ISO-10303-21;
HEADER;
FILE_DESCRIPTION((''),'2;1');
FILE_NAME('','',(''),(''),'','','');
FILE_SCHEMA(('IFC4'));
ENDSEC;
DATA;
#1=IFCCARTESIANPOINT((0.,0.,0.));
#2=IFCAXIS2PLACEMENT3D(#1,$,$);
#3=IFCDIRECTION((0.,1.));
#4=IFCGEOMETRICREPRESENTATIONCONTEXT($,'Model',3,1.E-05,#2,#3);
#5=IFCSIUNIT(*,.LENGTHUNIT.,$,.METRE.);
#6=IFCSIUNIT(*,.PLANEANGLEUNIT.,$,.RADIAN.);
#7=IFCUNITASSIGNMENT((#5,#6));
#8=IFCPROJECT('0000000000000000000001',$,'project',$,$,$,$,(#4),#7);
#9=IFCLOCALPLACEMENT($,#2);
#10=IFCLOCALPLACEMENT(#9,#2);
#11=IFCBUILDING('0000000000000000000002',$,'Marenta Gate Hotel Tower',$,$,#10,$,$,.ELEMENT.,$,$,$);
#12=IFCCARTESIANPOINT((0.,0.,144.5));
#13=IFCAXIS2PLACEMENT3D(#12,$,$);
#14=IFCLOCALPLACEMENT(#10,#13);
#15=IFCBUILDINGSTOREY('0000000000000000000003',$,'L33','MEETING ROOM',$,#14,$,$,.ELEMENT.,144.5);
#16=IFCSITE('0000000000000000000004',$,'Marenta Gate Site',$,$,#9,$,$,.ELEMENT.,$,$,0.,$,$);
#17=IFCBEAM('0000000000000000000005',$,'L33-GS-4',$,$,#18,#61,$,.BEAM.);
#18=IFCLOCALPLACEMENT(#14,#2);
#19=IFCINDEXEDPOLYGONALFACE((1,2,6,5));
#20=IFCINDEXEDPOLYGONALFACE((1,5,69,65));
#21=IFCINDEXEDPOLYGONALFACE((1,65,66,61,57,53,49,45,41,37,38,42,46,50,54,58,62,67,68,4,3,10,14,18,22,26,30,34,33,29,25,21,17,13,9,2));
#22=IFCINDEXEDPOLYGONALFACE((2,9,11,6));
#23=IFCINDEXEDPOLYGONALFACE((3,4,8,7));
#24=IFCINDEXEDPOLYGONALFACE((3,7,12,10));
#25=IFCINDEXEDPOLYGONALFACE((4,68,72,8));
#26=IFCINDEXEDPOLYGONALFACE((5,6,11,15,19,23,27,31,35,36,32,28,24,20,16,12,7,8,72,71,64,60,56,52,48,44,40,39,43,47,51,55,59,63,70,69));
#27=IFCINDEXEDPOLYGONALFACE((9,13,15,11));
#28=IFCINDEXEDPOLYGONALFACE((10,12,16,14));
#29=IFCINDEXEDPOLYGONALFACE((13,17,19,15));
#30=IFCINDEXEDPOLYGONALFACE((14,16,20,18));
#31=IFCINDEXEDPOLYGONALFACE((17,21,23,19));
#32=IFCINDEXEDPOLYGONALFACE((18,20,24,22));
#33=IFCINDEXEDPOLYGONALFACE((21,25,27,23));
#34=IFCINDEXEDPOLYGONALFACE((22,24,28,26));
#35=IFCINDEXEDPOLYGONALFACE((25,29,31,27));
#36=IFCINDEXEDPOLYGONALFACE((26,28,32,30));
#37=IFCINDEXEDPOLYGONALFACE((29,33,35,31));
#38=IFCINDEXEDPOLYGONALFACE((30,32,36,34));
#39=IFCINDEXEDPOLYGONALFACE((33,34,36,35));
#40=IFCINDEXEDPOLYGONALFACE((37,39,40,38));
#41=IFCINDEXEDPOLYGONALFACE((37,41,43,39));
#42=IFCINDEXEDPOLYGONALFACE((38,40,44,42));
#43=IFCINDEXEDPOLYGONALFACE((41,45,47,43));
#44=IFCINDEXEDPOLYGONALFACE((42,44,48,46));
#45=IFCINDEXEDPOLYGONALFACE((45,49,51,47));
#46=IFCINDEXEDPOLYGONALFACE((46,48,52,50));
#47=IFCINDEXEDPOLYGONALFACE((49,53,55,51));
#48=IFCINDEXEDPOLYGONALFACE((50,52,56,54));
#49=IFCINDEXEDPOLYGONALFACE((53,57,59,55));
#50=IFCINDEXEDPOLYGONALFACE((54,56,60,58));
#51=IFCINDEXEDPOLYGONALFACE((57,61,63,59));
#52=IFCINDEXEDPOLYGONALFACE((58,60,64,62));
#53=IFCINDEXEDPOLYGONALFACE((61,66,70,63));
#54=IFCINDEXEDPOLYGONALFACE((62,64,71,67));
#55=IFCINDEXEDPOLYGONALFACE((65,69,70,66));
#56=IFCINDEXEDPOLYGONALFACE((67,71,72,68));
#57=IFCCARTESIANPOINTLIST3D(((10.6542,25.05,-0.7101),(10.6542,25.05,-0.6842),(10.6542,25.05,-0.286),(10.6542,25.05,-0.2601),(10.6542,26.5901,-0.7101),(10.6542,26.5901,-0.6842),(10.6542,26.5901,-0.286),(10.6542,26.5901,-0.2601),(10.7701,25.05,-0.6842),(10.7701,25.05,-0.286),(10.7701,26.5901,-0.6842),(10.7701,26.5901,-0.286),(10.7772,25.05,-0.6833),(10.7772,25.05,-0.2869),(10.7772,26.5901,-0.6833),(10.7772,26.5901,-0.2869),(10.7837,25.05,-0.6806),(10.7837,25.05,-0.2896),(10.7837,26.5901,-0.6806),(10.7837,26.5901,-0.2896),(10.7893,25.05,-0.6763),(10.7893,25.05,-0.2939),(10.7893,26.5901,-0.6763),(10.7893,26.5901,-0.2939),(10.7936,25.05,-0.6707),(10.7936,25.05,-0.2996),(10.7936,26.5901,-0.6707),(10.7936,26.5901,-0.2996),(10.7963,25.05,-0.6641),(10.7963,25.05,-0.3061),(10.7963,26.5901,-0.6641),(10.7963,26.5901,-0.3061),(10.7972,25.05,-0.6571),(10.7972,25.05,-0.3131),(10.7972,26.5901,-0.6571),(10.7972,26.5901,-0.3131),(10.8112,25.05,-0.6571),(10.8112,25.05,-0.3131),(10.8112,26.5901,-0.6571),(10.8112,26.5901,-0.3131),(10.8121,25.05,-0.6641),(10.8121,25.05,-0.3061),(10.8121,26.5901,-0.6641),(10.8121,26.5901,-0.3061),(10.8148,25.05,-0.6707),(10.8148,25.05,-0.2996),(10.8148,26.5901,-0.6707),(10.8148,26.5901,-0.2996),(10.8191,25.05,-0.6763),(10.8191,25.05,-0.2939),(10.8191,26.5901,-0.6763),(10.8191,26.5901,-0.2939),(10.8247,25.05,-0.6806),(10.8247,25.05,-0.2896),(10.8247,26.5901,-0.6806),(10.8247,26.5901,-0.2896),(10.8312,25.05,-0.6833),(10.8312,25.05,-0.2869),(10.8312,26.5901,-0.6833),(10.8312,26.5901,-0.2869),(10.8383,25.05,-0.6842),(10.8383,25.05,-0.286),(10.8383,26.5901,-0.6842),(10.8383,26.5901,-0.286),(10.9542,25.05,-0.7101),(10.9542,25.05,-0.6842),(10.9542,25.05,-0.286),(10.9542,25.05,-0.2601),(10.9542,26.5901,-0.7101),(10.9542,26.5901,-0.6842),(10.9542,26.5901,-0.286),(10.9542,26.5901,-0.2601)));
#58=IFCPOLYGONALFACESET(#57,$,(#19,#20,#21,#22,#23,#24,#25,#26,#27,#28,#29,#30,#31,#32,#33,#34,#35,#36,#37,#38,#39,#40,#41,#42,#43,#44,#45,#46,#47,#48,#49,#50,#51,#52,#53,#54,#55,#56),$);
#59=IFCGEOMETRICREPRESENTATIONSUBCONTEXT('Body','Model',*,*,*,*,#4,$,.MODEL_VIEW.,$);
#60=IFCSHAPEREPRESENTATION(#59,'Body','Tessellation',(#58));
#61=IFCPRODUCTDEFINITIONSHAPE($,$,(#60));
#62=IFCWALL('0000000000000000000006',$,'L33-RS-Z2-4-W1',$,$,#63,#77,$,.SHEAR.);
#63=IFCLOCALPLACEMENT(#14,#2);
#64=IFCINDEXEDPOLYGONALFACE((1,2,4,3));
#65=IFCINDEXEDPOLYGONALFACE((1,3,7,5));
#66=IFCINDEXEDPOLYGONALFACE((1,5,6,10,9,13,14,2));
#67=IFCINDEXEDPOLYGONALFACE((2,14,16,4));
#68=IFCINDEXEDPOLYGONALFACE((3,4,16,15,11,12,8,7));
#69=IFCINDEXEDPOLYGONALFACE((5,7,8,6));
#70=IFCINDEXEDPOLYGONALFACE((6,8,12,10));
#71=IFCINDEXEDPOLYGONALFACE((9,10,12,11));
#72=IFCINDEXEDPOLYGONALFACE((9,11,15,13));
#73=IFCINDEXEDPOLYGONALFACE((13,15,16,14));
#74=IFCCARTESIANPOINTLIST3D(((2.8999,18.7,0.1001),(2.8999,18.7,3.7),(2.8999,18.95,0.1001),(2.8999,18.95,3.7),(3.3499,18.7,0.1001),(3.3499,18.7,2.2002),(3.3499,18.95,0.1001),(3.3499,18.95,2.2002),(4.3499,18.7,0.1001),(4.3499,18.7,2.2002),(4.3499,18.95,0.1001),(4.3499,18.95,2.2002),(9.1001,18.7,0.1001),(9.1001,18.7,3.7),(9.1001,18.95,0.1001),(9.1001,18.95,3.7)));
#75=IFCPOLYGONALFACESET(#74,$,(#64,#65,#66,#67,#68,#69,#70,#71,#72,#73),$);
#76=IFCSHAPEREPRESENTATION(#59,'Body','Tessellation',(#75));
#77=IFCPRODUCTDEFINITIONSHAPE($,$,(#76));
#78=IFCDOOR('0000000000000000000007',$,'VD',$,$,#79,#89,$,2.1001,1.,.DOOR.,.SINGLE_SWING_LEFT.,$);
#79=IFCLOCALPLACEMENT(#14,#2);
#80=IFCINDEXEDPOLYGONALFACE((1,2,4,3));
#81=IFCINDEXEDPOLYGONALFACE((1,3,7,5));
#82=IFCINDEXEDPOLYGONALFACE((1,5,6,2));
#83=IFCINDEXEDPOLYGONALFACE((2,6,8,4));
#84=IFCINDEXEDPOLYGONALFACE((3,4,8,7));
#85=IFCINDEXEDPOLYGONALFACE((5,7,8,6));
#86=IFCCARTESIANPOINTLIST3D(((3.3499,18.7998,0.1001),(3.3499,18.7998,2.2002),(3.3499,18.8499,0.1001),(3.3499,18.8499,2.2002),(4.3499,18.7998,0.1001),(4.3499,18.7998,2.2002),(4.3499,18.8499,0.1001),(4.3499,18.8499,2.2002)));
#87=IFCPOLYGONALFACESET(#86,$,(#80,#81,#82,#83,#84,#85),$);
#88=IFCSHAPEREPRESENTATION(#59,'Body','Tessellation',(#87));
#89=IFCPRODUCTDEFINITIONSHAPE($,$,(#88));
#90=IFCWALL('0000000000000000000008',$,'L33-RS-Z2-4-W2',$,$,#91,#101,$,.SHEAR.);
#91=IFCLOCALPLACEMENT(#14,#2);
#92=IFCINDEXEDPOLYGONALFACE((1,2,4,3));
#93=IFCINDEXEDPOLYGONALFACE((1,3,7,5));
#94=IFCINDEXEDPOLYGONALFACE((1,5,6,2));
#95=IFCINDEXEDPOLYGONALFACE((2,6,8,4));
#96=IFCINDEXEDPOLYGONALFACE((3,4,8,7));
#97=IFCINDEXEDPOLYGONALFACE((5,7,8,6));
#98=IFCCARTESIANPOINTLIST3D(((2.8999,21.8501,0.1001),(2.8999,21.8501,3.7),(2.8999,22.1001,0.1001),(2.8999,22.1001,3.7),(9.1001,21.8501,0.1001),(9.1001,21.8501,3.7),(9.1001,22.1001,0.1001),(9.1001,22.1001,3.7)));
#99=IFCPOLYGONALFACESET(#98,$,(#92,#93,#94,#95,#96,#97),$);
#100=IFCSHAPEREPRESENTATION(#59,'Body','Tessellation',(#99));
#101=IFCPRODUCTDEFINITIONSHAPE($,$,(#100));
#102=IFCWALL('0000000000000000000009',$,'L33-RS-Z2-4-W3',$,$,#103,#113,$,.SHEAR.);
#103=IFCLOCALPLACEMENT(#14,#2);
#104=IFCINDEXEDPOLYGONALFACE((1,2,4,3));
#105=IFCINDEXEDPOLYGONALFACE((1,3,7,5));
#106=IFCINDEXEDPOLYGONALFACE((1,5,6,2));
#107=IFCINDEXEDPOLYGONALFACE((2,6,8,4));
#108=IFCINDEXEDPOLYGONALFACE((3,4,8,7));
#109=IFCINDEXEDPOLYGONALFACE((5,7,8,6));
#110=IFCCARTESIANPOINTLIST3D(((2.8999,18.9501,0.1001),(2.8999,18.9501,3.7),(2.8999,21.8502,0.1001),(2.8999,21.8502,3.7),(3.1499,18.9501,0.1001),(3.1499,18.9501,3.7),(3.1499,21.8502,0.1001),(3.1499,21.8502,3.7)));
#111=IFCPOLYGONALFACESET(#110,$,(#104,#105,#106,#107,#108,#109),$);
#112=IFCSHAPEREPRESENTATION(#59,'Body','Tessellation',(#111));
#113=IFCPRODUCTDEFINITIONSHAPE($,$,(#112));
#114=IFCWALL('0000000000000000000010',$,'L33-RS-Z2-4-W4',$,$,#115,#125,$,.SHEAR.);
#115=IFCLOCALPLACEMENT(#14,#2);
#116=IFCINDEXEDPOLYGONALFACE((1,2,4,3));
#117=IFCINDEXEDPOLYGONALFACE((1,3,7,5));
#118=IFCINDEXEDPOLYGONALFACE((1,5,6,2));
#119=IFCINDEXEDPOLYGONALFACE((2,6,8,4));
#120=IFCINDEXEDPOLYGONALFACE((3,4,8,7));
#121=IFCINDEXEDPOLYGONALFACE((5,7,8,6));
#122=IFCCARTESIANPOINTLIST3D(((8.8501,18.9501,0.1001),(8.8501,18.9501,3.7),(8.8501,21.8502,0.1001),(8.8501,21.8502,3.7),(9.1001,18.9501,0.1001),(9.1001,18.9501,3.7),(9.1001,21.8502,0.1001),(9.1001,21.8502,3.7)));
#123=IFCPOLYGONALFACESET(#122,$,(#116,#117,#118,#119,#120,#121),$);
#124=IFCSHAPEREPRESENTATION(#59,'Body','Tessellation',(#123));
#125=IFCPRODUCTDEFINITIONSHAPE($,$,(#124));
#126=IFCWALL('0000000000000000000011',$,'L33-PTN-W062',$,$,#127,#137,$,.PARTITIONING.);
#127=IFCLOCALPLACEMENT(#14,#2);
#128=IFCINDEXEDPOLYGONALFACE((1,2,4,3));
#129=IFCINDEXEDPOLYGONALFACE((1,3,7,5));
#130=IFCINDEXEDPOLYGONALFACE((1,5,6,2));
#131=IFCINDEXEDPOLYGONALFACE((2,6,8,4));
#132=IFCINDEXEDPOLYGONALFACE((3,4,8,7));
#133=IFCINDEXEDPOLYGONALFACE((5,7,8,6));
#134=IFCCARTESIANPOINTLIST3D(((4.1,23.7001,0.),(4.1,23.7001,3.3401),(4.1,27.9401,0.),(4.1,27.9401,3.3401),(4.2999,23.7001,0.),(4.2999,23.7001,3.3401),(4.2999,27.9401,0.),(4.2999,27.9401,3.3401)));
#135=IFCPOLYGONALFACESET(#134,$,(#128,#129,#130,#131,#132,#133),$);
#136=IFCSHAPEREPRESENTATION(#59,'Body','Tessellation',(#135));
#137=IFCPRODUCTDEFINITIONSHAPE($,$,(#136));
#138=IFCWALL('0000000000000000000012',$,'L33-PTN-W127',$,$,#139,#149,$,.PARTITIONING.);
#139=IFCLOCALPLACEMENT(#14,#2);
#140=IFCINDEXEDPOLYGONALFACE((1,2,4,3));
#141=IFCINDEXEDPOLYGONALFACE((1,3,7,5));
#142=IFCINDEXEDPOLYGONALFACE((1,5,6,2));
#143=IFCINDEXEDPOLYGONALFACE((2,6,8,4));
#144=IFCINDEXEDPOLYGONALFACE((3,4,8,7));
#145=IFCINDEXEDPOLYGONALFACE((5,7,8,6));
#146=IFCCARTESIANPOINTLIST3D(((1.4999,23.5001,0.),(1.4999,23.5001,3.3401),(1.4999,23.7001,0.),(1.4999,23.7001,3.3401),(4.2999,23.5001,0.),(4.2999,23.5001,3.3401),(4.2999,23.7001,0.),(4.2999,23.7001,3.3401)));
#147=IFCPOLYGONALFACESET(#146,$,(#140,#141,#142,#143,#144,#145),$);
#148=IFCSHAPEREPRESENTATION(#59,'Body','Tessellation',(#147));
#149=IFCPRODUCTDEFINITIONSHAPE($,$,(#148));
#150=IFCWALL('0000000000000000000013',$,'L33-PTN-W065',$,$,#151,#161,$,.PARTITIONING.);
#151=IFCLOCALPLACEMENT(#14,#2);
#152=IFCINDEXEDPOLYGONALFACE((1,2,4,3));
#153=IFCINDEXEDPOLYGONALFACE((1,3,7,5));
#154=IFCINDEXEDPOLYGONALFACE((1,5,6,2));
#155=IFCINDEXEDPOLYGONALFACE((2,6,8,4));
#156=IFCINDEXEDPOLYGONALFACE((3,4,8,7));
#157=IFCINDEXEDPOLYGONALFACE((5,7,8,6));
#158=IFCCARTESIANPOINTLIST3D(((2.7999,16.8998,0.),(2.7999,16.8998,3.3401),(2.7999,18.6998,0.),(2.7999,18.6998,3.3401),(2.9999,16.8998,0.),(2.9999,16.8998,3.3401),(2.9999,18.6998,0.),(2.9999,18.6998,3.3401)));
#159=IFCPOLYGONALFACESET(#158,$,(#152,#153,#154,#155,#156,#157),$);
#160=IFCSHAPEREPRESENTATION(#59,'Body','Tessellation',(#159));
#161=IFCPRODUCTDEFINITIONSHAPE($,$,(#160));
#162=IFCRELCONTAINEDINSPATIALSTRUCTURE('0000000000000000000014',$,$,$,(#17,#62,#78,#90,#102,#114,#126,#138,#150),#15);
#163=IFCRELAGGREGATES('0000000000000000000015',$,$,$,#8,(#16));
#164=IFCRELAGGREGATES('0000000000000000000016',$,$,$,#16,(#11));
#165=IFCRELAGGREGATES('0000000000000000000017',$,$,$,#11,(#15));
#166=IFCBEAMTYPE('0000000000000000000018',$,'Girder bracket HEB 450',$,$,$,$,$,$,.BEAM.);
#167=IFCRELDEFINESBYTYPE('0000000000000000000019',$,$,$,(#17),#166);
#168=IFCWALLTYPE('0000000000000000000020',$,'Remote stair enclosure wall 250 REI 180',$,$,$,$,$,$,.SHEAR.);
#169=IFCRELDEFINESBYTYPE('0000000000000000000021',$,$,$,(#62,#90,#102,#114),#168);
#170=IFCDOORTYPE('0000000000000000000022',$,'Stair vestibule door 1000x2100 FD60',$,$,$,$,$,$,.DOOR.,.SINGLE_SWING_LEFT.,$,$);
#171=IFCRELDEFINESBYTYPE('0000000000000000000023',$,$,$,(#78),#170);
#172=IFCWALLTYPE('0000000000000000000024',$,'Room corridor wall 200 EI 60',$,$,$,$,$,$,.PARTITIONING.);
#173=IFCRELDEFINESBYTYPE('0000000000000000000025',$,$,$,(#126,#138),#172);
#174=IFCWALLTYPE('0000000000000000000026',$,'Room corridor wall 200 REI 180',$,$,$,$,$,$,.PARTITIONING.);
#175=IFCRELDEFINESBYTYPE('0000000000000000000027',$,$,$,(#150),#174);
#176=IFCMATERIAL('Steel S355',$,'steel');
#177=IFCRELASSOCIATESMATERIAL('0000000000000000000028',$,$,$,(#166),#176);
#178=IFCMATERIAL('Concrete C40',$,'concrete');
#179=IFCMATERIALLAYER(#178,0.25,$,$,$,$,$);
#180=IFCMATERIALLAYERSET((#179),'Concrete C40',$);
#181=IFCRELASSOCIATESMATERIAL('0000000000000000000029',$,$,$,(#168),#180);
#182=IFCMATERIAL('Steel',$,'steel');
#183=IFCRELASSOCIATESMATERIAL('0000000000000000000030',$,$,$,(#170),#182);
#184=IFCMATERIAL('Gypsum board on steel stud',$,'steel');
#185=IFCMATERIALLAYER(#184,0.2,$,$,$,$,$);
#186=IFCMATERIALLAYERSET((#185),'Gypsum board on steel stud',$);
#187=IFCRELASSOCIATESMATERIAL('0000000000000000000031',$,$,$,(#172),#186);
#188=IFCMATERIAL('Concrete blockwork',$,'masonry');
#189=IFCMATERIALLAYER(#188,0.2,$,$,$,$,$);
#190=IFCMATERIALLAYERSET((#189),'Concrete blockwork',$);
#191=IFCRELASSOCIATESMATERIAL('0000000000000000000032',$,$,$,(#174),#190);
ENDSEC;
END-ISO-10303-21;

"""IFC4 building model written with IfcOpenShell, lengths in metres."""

from ifc_helpers import new_model, si_unit, direction, frame, frame_2d, origin, origin_2d, place, context, subcontext, project, spatial, rectangle, i_section, extrude, material, layer, layer_set, material_profile, profile_set, type_object, element, fill, save


model = new_model("IFC4")

# Units and contexts
model_context = context("Model", 3, precision=1e-05, world=origin(), true_north=direction((0.0, 1.0)))
body_context = subcontext(model_context, "Body", "Model", "MODEL_VIEW")
ifc_project = project(units=[si_unit("LENGTHUNIT", "METRE"), si_unit("PLANEANGLEUNIT", "RADIAN")], contexts=[model_context])

# Site, building, storey
site_placement = place(None, origin())
site = spatial("IfcSite", under=ifc_project, at=site_placement, Name="Marenta Gate Site", CompositionType="ELEMENT", RefElevation=0.0)
building_placement = place(site_placement, origin())
building = spatial("IfcBuilding", under=site, at=building_placement, Name="Marenta Gate Hotel Tower", CompositionType="ELEMENT")
storey_placement = place(building_placement, frame((0.0, 0.0, 144.5)))
storey = spatial("IfcBuildingStorey", under=building, at=storey_placement, Name="L33", Description="MEETING ROOM", CompositionType="ELEMENT", Elevation=144.5)

# Beam
ifc_material_1 = material(Name="Steel S355", Category="steel")
ifc_material_profile_1 = material_profile(ifc_material_1, i_section(OverallWidth=0.3, OverallDepth=0.45, WebThickness=0.0139, FlangeThickness=0.0259, FilletRadius=0.0271, at=origin_2d()), Name="HEB 450")
ifc_profile_set_1 = profile_set([ifc_material_profile_1], Name="Steel S355")
beam_type_1 = type_object("IfcBeamType", Name="Girder bracket HEB 450", PredefinedType="BEAM", material=ifc_profile_set_1)
for number, where, z_axis, x_axis, name in (
    (1, (10.8042, 25.05, -0.4851), (0.0, 1.0, 0.0), (-1.0, 0.0, 0.0), "L33-GS-4"),
):
    element("IfcBeam", number, at=place(storey_placement, frame(where, z_axis=z_axis, x_axis=x_axis)), inside=storey, type_object=beam_type_1, Name=name, PredefinedType="BEAM", context=body_context, shape_type="SweptSolid", body=[
        extrude(i_section(OverallWidth=0.3, OverallDepth=0.45, WebThickness=0.0139, FlangeThickness=0.0259, FilletRadius=0.0271, at=origin_2d()), origin(), (0.0, 0.0, 1.0), 1.54),
    ])

# Wall, opening, door
ifc_material_2 = material(Name="Concrete C40", Category="concrete")
ifc_layer_1 = layer(ifc_material_2, 0.25)
ifc_layer_set_1 = layer_set([ifc_layer_1], Name="Concrete C40")
wall_type_1 = type_object("IfcWallType", Name="Remote stair enclosure wall 250 REI 180", PredefinedType="SHEAR", material=ifc_layer_set_1)
wall_1_placement = place(storey_placement, frame((2.8999, 18.825, 0.1001), z_axis=(0.0, 0.0, 1.0), x_axis=(1.0, 0.0, 0.0)))
wall_1 = element("IfcWall", 2, at=wall_1_placement, inside=storey, type_object=wall_type_1, Name="L33-RS-Z2-4-W1", PredefinedType="SHEAR", context=body_context, shape_type="SweptSolid", body=[
    extrude(rectangle(XDim=6.2002, YDim=0.25, at=frame_2d((3.1001, 0.0))), origin(), (0.0, 0.0, 1.0), 3.5999),
])
opening_1_placement = place(wall_1_placement, frame((0.45, 0.0, 0.0)))
opening_1 = element("IfcOpeningElement", 3, at=opening_1_placement, cuts=wall_1, PredefinedType="OPENING", context=body_context, shape_type="SweptSolid", body=[
    extrude(rectangle(XDim=1.0, YDim=2.1001, at=frame_2d((0.5, 1.05))), frame((0.0, 0.125, 0.0), z_axis=(0.0, -1.0, 0.0), x_axis=(1.0, 0.0, 0.0)), (0.0, 0.0, 1.0), 0.25),
])
ifc_material_3 = material(Name="Steel", Category="steel")
door_type_1 = type_object("IfcDoorType", Name="Stair vestibule door 1000x2100 FD60", OperationType="SINGLE_SWING_LEFT", PredefinedType="DOOR", material=ifc_material_3)
door_1_placement = place(opening_1_placement, origin())
door_1 = element("IfcDoor", 4, at=door_1_placement, inside=storey, type_object=door_type_1, Name="VD", OperationType="SINGLE_SWING_LEFT", OverallHeight=2.1001, OverallWidth=1.0, PredefinedType="DOOR", context=body_context, shape_type="SweptSolid", body=[
    extrude(rectangle(XDim=1.0, YDim=2.1001, at=frame_2d((0.5, 1.05))), frame((0.0, 0.0249, 0.0), z_axis=(0.0, -1.0, 0.0), x_axis=(1.0, 0.0, 0.0)), (0.0, 0.0, 1.0), 0.05),
])
fill(opening_1, door_1)

# Walls
wall_2_placement = place(storey_placement, frame((2.8999, 21.9751, 0.1001), z_axis=(0.0, 0.0, 1.0), x_axis=(1.0, 0.0, 0.0)))
element("IfcWall", 5, at=wall_2_placement, inside=storey, type_object=wall_type_1, Name="L33-RS-Z2-4-W2", PredefinedType="SHEAR", context=body_context, shape_type="SweptSolid", body=[
    extrude(rectangle(XDim=6.2002, YDim=0.25, at=frame_2d((3.1001, 0.0))), origin(), (0.0, 0.0, 1.0), 3.5999),
])
for number, where, z_axis, x_axis, name in (
    (6, (3.0249, 18.95, 0.1001), (0.0, 0.0, 1.0), (0.0, 1.0, 0.0), "L33-RS-Z2-4-W3"),
    (7, (8.9751, 18.95, 0.1001), (0.0, 0.0, 1.0), (0.0, 1.0, 0.0), "L33-RS-Z2-4-W4"),
):
    element("IfcWall", number, at=place(storey_placement, frame(where, z_axis=z_axis, x_axis=x_axis)), inside=storey, type_object=wall_type_1, Name=name, PredefinedType="SHEAR", context=body_context, shape_type="SweptSolid", body=[
        extrude(rectangle(XDim=2.9001, YDim=0.25, at=frame_2d((1.4502, 0.0))), origin(), (0.0, 0.0, 1.0), 3.5999),
    ])
ifc_material_4 = material(Name="Gypsum board on steel stud", Category="steel")
ifc_layer_2 = layer(ifc_material_4, 0.2)
ifc_layer_set_2 = layer_set([ifc_layer_2], Name="Gypsum board on steel stud")
wall_type_2 = type_object("IfcWallType", Name="Room corridor wall 200 EI 60", PredefinedType="PARTITIONING", material=ifc_layer_set_2)
wall_3_placement = place(storey_placement, frame((4.2, 23.7, 0.0), z_axis=(0.0, 0.0, 1.0), x_axis=(0.0, 1.0, 0.0)))
element("IfcWall", 8, at=wall_3_placement, inside=storey, type_object=wall_type_2, Name="L33-PTN-W062", PredefinedType="PARTITIONING", context=body_context, shape_type="SweptSolid", body=[
    extrude(rectangle(XDim=4.24, YDim=0.2, at=frame_2d((2.1201, 0.0))), origin(), (0.0, 0.0, 1.0), 3.3401),
])

# Wall
wall_4_placement = place(storey_placement, frame((1.5, 23.6001, 0.0), z_axis=(0.0, 0.0, 1.0), x_axis=(1.0, 0.0, 0.0)))
element("IfcWall", 9, at=wall_4_placement, inside=storey, type_object=wall_type_2, Name="L33-PTN-W127", PredefinedType="PARTITIONING", context=body_context, shape_type="SweptSolid", body=[
    extrude(rectangle(XDim=2.8, YDim=0.2, at=frame_2d((1.3999, 0.0))), origin(), (0.0, 0.0, 1.0), 3.3401),
])

# Shared definitions
ifc_material_5 = material(Name="Concrete blockwork", Category="masonry")
ifc_layer_3 = layer(ifc_material_5, 0.2)
ifc_layer_set_3 = layer_set([ifc_layer_3], Name="Concrete blockwork")
wall_type_3 = type_object("IfcWallType", Name="Room corridor wall 200 REI 180", PredefinedType="PARTITIONING", material=ifc_layer_set_3)

# Wall
wall_5_placement = place(storey_placement, frame((2.8999, 16.8999, 0.0), z_axis=(0.0, 0.0, 1.0), x_axis=(0.0, 1.0, 0.0)))
element("IfcWall", 10, at=wall_5_placement, inside=storey, type_object=wall_type_3, Name="L33-PTN-W065", PredefinedType="PARTITIONING", context=body_context, shape_type="SweptSolid", body=[
    extrude(rectangle(XDim=1.8, YDim=0.2, at=frame_2d((0.8999, 0.0))), origin(), (0.0, 0.0, 1.0), 3.3401),
])

save(model, "model.ifc")
